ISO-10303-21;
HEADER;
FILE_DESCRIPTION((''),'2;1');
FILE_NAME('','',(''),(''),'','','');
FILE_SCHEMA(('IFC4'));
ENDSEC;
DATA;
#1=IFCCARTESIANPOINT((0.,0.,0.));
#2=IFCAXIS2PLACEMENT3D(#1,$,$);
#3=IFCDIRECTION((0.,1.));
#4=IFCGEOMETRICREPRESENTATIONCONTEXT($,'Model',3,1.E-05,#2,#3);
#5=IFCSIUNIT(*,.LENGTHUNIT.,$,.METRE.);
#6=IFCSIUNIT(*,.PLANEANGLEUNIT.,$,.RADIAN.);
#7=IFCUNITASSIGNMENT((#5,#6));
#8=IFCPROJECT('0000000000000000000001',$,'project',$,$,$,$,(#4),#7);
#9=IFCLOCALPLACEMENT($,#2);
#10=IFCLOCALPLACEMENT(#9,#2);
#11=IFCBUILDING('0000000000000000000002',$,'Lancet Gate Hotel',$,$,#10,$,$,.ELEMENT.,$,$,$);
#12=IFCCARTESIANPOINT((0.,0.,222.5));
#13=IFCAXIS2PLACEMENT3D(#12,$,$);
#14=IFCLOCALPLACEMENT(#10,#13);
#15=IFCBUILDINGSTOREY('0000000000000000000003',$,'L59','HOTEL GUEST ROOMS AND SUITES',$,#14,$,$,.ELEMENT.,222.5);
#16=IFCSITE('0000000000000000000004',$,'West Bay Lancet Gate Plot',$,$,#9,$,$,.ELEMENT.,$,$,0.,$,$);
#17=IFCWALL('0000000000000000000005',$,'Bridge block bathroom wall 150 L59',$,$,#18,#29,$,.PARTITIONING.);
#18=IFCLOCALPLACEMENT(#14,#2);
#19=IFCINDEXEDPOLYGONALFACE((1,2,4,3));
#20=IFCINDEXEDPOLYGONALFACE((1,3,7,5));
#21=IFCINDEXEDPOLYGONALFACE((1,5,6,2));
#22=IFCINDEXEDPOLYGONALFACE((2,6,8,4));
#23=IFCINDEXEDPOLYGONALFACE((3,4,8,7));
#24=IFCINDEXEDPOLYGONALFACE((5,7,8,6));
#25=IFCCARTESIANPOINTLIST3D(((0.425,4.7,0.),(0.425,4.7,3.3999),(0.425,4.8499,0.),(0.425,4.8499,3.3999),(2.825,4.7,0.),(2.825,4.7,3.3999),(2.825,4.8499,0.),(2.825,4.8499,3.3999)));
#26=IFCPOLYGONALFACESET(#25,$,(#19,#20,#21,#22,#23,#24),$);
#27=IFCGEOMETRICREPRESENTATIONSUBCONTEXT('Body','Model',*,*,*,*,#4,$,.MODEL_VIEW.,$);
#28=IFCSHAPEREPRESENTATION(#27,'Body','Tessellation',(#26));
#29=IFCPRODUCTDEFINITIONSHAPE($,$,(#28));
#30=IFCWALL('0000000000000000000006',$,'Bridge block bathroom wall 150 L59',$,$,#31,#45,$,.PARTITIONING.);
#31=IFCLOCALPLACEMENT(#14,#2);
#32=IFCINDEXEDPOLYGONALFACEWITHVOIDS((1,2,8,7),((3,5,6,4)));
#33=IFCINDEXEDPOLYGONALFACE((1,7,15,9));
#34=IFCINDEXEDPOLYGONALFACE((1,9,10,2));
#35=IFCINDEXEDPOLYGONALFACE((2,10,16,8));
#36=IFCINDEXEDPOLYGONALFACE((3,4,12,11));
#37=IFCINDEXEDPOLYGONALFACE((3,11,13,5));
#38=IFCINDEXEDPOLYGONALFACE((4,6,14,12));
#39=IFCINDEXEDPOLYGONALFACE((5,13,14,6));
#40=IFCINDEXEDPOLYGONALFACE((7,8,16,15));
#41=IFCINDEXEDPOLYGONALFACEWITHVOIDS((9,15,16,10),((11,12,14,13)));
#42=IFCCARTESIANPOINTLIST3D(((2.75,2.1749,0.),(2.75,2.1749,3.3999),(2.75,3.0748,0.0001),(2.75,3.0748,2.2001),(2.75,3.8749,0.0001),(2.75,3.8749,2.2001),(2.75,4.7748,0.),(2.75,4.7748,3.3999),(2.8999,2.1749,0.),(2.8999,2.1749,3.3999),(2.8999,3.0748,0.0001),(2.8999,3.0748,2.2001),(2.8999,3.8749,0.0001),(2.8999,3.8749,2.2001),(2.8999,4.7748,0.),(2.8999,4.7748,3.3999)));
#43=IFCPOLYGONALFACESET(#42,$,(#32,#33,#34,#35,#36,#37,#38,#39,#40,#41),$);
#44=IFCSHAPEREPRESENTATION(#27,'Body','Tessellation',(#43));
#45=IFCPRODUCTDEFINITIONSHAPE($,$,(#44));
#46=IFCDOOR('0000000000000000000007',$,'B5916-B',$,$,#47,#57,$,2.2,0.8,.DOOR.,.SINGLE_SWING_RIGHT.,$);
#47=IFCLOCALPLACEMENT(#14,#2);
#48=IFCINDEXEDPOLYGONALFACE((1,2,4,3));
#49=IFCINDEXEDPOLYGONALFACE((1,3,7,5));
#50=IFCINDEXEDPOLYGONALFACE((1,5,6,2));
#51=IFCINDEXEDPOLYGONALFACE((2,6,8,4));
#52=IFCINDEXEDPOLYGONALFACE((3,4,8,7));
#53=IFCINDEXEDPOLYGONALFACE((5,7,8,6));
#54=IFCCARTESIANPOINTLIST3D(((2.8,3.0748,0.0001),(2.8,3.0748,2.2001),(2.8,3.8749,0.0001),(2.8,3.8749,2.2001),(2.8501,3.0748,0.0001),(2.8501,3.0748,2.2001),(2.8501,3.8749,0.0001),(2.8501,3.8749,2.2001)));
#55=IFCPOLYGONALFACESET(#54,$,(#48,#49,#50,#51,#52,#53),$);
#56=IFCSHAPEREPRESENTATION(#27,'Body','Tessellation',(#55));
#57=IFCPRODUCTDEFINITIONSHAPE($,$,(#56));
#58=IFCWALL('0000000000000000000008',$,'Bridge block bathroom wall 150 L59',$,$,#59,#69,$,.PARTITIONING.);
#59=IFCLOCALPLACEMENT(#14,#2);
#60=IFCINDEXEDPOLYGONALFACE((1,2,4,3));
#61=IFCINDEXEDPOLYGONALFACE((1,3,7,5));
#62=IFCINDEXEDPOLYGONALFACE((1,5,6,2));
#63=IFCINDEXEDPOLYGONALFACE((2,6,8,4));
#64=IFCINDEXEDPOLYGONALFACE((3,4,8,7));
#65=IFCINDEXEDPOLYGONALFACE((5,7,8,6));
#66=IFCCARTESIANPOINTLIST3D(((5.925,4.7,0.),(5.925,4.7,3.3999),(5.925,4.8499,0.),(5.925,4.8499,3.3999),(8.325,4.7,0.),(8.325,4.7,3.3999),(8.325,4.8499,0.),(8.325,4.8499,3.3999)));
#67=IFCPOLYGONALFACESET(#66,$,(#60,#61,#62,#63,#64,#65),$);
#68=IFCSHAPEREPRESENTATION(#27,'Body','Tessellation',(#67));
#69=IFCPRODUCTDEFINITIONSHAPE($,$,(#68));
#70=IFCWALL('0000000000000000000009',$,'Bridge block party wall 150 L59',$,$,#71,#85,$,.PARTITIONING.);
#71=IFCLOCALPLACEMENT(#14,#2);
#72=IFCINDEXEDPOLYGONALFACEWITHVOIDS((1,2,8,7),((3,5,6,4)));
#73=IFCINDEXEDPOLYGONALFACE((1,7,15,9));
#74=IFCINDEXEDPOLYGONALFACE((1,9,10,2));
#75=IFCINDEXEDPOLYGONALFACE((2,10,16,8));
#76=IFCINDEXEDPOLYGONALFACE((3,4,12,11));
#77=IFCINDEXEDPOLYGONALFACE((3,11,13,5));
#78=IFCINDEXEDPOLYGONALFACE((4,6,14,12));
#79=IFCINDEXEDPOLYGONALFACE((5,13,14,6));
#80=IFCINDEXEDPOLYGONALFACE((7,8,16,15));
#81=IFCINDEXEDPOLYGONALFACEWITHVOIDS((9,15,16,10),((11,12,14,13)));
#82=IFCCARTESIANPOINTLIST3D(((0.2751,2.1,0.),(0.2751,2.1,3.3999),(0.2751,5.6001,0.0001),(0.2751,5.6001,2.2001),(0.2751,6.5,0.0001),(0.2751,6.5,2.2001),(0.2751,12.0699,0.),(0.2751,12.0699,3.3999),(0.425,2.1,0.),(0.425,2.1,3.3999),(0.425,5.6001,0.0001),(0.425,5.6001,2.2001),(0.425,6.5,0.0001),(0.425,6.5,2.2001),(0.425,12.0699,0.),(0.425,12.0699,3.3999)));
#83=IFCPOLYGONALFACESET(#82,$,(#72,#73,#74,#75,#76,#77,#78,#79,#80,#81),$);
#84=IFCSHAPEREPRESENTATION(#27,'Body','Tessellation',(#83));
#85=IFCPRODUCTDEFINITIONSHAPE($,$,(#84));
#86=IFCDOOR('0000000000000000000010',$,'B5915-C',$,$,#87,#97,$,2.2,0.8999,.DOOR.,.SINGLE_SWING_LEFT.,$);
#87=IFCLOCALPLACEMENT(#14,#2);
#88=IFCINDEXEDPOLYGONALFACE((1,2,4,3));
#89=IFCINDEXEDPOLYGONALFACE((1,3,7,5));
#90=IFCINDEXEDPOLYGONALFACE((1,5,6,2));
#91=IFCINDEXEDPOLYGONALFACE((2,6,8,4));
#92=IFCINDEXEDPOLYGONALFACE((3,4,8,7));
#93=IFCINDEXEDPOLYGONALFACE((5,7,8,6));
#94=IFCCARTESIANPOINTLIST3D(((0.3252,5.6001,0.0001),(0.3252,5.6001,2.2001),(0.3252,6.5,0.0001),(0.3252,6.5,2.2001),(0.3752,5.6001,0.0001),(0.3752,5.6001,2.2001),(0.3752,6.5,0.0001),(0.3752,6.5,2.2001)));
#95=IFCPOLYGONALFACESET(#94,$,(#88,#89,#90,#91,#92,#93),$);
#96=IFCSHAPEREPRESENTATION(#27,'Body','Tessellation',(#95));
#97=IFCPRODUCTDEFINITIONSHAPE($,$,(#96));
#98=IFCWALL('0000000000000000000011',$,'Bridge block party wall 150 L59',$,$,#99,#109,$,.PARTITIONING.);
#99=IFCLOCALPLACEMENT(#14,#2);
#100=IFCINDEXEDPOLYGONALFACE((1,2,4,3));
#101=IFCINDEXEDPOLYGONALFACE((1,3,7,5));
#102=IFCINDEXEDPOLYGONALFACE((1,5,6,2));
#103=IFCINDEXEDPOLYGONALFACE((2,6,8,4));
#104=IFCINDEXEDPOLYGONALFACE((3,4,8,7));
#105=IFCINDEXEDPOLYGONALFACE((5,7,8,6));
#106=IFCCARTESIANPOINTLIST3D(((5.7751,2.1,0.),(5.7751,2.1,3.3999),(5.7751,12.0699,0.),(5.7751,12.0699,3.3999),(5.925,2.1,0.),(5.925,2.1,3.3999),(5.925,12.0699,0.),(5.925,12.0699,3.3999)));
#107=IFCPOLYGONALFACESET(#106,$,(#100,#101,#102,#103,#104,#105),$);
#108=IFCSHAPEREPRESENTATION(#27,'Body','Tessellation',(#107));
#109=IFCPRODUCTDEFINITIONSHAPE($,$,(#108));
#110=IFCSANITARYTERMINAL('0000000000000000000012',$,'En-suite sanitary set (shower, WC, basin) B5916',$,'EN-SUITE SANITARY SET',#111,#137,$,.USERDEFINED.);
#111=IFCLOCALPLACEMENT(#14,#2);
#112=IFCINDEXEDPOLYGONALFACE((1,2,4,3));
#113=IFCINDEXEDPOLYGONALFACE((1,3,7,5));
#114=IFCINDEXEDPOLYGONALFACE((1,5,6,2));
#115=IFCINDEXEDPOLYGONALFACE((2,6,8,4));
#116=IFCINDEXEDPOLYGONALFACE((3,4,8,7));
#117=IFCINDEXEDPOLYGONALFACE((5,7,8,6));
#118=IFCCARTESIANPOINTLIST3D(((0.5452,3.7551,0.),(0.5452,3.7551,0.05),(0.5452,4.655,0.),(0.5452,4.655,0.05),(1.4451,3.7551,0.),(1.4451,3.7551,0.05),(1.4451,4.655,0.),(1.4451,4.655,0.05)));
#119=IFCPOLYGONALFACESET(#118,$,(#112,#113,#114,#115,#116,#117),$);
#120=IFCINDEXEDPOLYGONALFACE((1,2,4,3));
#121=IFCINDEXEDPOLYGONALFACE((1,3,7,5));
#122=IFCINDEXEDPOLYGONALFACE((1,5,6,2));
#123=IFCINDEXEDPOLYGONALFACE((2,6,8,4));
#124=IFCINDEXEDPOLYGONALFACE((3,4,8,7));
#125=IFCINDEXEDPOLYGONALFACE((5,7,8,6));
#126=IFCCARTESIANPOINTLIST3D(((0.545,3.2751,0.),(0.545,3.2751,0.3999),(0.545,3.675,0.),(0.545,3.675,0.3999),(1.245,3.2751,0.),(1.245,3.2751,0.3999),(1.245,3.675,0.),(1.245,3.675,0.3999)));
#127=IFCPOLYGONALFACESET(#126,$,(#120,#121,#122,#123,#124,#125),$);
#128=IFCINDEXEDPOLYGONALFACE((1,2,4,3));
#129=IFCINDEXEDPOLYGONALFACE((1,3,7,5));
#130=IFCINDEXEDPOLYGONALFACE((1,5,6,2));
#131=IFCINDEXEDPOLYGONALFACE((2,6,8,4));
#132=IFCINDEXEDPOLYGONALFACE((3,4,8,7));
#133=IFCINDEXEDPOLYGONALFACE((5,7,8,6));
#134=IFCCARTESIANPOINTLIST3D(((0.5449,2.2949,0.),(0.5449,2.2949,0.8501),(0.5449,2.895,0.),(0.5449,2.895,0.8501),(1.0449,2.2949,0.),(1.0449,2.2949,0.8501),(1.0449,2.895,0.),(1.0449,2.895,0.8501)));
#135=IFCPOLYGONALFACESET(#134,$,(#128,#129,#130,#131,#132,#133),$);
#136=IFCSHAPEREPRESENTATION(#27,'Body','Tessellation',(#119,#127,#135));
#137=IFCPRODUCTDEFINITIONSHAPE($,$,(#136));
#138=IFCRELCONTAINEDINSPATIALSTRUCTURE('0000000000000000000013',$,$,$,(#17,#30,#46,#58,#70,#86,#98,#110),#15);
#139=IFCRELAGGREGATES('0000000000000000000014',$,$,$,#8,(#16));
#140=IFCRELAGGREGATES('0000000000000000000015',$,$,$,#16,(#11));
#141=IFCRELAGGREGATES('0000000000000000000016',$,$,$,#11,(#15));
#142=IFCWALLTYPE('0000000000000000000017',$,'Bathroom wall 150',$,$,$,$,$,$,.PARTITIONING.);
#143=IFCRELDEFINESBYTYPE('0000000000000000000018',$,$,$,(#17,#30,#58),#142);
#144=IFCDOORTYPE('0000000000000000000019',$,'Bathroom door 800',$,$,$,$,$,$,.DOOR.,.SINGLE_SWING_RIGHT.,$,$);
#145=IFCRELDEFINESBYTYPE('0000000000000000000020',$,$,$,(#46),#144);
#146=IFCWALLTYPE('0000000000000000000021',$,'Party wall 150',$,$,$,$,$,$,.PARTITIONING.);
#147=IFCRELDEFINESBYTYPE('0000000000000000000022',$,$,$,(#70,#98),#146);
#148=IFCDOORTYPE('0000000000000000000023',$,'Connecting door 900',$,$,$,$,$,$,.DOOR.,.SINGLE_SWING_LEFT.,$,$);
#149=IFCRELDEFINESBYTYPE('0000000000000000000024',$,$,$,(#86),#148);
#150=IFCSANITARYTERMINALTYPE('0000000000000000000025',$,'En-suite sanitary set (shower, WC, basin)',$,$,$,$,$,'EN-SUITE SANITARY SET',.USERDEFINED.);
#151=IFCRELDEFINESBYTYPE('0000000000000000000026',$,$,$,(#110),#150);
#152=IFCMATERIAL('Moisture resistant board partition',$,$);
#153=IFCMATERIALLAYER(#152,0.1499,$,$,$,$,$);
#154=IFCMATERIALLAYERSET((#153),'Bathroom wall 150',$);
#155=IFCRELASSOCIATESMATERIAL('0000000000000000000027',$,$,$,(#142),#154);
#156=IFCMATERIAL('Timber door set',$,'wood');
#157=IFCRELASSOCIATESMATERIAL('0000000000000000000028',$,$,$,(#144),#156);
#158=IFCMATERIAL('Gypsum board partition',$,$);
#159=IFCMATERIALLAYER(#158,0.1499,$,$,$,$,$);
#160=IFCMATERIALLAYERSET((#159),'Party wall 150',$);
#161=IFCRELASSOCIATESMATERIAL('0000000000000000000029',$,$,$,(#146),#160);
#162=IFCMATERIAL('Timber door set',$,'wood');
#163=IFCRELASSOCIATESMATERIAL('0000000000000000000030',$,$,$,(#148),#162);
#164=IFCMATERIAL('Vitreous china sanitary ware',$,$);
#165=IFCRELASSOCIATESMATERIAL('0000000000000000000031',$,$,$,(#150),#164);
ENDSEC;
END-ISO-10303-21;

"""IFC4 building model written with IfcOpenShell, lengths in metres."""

from ifc_helpers import new_model, si_unit, direction, frame, frame_2d, origin, origin_2d, place, context, subcontext, project, spatial, rectangle, extrude, material, layer, layer_set, type_object, element, fill, save


model = new_model("IFC4")

# Units and contexts
model_context = context("Model", 3, precision=1e-05, world=origin(), true_north=direction((0.0, 1.0)))
body_context = subcontext(model_context, "Body", "Model", "MODEL_VIEW")
ifc_project = project(units=[si_unit("LENGTHUNIT", "METRE"), si_unit("PLANEANGLEUNIT", "RADIAN")], contexts=[model_context])

# Site, building, storey
site_placement = place(None, origin())
site = spatial("IfcSite", under=ifc_project, at=site_placement, Name="West Bay Lancet Gate Plot", CompositionType="ELEMENT", RefElevation=0.0)
building_placement = place(site_placement, origin())
building = spatial("IfcBuilding", under=site, at=building_placement, Name="Lancet Gate Hotel", CompositionType="ELEMENT")
storey_placement = place(building_placement, frame((0.0, 0.0, 222.5)))
storey = spatial("IfcBuildingStorey", under=building, at=storey_placement, Name="L59", Description="HOTEL GUEST ROOMS AND SUITES", CompositionType="ELEMENT", Elevation=222.5)

# Wall
ifc_material_1 = material(Name="Moisture resistant board partition")
ifc_layer_1 = layer(ifc_material_1, 0.1499)
ifc_layer_set_1 = layer_set([ifc_layer_1], Name="Bathroom wall 150")
wall_type_1 = type_object("IfcWallType", Name="Bathroom wall 150", PredefinedType="PARTITIONING", material=ifc_layer_set_1)
wall_1_placement = place(storey_placement, frame((0.425, 4.7749, 0.0), z_axis=(0.0, 0.0, 1.0), x_axis=(1.0, 0.0, 0.0)))
element("IfcWall", 1, at=wall_1_placement, inside=storey, type_object=wall_type_1, Name="Bridge block bathroom wall 150 L59", PredefinedType="PARTITIONING", context=body_context, shape_type="SweptSolid", body=[
    extrude(rectangle(XDim=2.3999, YDim=0.1499, at=frame_2d((1.2, 0.0))), origin(), (0.0, 0.0, 1.0), 3.3999),
])

# Wall, opening, door
wall_2_placement = place(storey_placement, frame((2.825, 2.175, 0.0), z_axis=(0.0, 0.0, 1.0), x_axis=(0.0, 1.0, 0.0)))
wall_2 = element("IfcWall", 2, at=wall_2_placement, inside=storey, type_object=wall_type_1, Name="Bridge block bathroom wall 150 L59", PredefinedType="PARTITIONING", context=body_context, shape_type="SweptSolid", body=[
    extrude(rectangle(XDim=2.5999, YDim=0.1499, at=frame_2d((1.2998, 0.0))), origin(), (0.0, 0.0, 1.0), 3.3999),
])
opening_1_placement = place(wall_2_placement, frame((0.8999, 0.0, 0.0)))
opening_1 = element("IfcOpeningElement", 3, at=opening_1_placement, cuts=wall_2, PredefinedType="OPENING", context=body_context, shape_type="SweptSolid", body=[
    extrude(rectangle(XDim=0.8, YDim=2.2, at=frame_2d((0.3999, 1.1001))), frame((0.0, 0.085, 0.0), z_axis=(0.0, -1.0, 0.0), x_axis=(1.0, 0.0, 0.0)), (0.0, 0.0, 1.0), 0.1699),
])
ifc_material_2 = material(Name="Timber door set", Category="wood")
door_type_1 = type_object("IfcDoorType", Name="Bathroom door 800", OperationType="SINGLE_SWING_RIGHT", PredefinedType="DOOR", material=ifc_material_2)
door_1_placement = place(opening_1_placement, origin())
door_1 = element("IfcDoor", 4, at=door_1_placement, inside=storey, type_object=door_type_1, Name="B5916-B", OperationType="SINGLE_SWING_RIGHT", OverallHeight=2.2, OverallWidth=0.8, PredefinedType="DOOR", context=body_context, shape_type="SweptSolid", body=[
    extrude(rectangle(XDim=0.8, YDim=2.2, at=frame_2d((0.3999, 1.1001))), frame((0.0, 0.0249, 0.0), z_axis=(0.0, -1.0, 0.0), x_axis=(1.0, 0.0, 0.0)), (0.0, 0.0, 1.0), 0.05),
])
fill(opening_1, door_1)

# Wall
wall_3_placement = place(storey_placement, frame((5.925, 4.7749, 0.0), z_axis=(0.0, 0.0, 1.0), x_axis=(1.0, 0.0, 0.0)))
element("IfcWall", 5, at=wall_3_placement, inside=storey, type_object=wall_type_1, Name="Bridge block bathroom wall 150 L59", PredefinedType="PARTITIONING", context=body_context, shape_type="SweptSolid", body=[
    extrude(rectangle(XDim=2.3999, YDim=0.1499, at=frame_2d((1.2, 0.0))), origin(), (0.0, 0.0, 1.0), 3.3999),
])

# Wall, opening, door
ifc_material_3 = material(Name="Gypsum board partition")
ifc_layer_2 = layer(ifc_material_3, 0.1499)
ifc_layer_set_2 = layer_set([ifc_layer_2], Name="Party wall 150")
wall_type_2 = type_object("IfcWallType", Name="Party wall 150", PredefinedType="PARTITIONING", material=ifc_layer_set_2)
wall_4_placement = place(storey_placement, frame((0.3501, 2.1001, 0.0), z_axis=(0.0, 0.0, 1.0), x_axis=(0.0, 1.0, 0.0)))
wall_4 = element("IfcWall", 6, at=wall_4_placement, inside=storey, type_object=wall_type_2, Name="Bridge block party wall 150 L59", PredefinedType="PARTITIONING", context=body_context, shape_type="SweptSolid", body=[
    extrude(rectangle(XDim=9.97, YDim=0.1499, at=frame_2d((4.9849, 0.0))), origin(), (0.0, 0.0, 1.0), 3.3999),
])
opening_2_placement = place(wall_4_placement, frame((3.5, 0.0, 0.0)))
opening_2 = element("IfcOpeningElement", 7, at=opening_2_placement, cuts=wall_4, PredefinedType="OPENING", context=body_context, shape_type="SweptSolid", body=[
    extrude(rectangle(XDim=0.8999, YDim=2.2, at=frame_2d((0.45, 1.1001))), frame((0.0, 0.085, 0.0), z_axis=(0.0, -1.0, 0.0), x_axis=(1.0, 0.0, 0.0)), (0.0, 0.0, 1.0), 0.1699),
])
ifc_material_4 = material(Name="Timber door set", Category="wood")
door_type_2 = type_object("IfcDoorType", Name="Connecting door 900", OperationType="SINGLE_SWING_LEFT", PredefinedType="DOOR", material=ifc_material_4)
door_2_placement = place(opening_2_placement, origin())
door_2 = element("IfcDoor", 8, at=door_2_placement, inside=storey, type_object=door_type_2, Name="B5915-C", OperationType="SINGLE_SWING_LEFT", OverallHeight=2.2, OverallWidth=0.8999, PredefinedType="DOOR", context=body_context, shape_type="SweptSolid", body=[
    extrude(rectangle(XDim=0.8999, YDim=2.2, at=frame_2d((0.45, 1.1001))), frame((0.0, 0.0249, 0.0), z_axis=(0.0, -1.0, 0.0), x_axis=(1.0, 0.0, 0.0)), (0.0, 0.0, 1.0), 0.05),
])
fill(opening_2, door_2)

# Wall
wall_5_placement = place(storey_placement, frame((5.8501, 2.1001, 0.0), z_axis=(0.0, 0.0, 1.0), x_axis=(0.0, 1.0, 0.0)))
element("IfcWall", 9, at=wall_5_placement, inside=storey, type_object=wall_type_2, Name="Bridge block party wall 150 L59", PredefinedType="PARTITIONING", context=body_context, shape_type="SweptSolid", body=[
    extrude(rectangle(XDim=9.97, YDim=0.1499, at=frame_2d((4.9849, 0.0))), origin(), (0.0, 0.0, 1.0), 3.3999),
])

# Sanitary terminal
ifc_material_5 = material(Name="Vitreous china sanitary ware")
sanitary_terminal_type = type_object("IfcSanitaryTerminalType", Name="En-suite sanitary set (shower, WC, basin)", ElementType="EN-SUITE SANITARY SET", PredefinedType="USERDEFINED", material=ifc_material_5)
sanitary_terminal_placement = place(storey_placement, frame((0.9951, 4.2051, 0.0), z_axis=(0.0, 0.0, 1.0), x_axis=(1.0, 0.0, 0.0)))
element("IfcSanitaryTerminal", 10, at=sanitary_terminal_placement, inside=storey, type_object=sanitary_terminal_type, Name="En-suite sanitary set (shower, WC, basin) B5916", ObjectType="EN-SUITE SANITARY SET", PredefinedType="USERDEFINED", context=body_context, shape_type="SweptSolid", body=[
    extrude(rectangle(XDim=0.8999, YDim=0.8999, at=origin_2d()), frame((0.0, 0.0, 0.0), z_axis=(0.0, 0.0, 1.0), x_axis=(0.0, 1.0, 0.0)), (0.0, 0.0, 1.0), 0.05),
    extrude(rectangle(XDim=0.3999, YDim=0.7, at=origin_2d()), frame((-0.1001, -0.73, 0.0), z_axis=(0.0, 0.0, 1.0), x_axis=(0.0, 1.0, 0.0)), (0.0, 0.0, 1.0), 0.3999),
    extrude(rectangle(XDim=0.6001, YDim=0.5, at=origin_2d()), frame((-0.2002, -1.6101, 0.0), z_axis=(0.0, 0.0, 1.0), x_axis=(0.0, 1.0, 0.0)), (0.0, 0.0, 1.0), 0.8501),
])

save(model, "model.ifc")
